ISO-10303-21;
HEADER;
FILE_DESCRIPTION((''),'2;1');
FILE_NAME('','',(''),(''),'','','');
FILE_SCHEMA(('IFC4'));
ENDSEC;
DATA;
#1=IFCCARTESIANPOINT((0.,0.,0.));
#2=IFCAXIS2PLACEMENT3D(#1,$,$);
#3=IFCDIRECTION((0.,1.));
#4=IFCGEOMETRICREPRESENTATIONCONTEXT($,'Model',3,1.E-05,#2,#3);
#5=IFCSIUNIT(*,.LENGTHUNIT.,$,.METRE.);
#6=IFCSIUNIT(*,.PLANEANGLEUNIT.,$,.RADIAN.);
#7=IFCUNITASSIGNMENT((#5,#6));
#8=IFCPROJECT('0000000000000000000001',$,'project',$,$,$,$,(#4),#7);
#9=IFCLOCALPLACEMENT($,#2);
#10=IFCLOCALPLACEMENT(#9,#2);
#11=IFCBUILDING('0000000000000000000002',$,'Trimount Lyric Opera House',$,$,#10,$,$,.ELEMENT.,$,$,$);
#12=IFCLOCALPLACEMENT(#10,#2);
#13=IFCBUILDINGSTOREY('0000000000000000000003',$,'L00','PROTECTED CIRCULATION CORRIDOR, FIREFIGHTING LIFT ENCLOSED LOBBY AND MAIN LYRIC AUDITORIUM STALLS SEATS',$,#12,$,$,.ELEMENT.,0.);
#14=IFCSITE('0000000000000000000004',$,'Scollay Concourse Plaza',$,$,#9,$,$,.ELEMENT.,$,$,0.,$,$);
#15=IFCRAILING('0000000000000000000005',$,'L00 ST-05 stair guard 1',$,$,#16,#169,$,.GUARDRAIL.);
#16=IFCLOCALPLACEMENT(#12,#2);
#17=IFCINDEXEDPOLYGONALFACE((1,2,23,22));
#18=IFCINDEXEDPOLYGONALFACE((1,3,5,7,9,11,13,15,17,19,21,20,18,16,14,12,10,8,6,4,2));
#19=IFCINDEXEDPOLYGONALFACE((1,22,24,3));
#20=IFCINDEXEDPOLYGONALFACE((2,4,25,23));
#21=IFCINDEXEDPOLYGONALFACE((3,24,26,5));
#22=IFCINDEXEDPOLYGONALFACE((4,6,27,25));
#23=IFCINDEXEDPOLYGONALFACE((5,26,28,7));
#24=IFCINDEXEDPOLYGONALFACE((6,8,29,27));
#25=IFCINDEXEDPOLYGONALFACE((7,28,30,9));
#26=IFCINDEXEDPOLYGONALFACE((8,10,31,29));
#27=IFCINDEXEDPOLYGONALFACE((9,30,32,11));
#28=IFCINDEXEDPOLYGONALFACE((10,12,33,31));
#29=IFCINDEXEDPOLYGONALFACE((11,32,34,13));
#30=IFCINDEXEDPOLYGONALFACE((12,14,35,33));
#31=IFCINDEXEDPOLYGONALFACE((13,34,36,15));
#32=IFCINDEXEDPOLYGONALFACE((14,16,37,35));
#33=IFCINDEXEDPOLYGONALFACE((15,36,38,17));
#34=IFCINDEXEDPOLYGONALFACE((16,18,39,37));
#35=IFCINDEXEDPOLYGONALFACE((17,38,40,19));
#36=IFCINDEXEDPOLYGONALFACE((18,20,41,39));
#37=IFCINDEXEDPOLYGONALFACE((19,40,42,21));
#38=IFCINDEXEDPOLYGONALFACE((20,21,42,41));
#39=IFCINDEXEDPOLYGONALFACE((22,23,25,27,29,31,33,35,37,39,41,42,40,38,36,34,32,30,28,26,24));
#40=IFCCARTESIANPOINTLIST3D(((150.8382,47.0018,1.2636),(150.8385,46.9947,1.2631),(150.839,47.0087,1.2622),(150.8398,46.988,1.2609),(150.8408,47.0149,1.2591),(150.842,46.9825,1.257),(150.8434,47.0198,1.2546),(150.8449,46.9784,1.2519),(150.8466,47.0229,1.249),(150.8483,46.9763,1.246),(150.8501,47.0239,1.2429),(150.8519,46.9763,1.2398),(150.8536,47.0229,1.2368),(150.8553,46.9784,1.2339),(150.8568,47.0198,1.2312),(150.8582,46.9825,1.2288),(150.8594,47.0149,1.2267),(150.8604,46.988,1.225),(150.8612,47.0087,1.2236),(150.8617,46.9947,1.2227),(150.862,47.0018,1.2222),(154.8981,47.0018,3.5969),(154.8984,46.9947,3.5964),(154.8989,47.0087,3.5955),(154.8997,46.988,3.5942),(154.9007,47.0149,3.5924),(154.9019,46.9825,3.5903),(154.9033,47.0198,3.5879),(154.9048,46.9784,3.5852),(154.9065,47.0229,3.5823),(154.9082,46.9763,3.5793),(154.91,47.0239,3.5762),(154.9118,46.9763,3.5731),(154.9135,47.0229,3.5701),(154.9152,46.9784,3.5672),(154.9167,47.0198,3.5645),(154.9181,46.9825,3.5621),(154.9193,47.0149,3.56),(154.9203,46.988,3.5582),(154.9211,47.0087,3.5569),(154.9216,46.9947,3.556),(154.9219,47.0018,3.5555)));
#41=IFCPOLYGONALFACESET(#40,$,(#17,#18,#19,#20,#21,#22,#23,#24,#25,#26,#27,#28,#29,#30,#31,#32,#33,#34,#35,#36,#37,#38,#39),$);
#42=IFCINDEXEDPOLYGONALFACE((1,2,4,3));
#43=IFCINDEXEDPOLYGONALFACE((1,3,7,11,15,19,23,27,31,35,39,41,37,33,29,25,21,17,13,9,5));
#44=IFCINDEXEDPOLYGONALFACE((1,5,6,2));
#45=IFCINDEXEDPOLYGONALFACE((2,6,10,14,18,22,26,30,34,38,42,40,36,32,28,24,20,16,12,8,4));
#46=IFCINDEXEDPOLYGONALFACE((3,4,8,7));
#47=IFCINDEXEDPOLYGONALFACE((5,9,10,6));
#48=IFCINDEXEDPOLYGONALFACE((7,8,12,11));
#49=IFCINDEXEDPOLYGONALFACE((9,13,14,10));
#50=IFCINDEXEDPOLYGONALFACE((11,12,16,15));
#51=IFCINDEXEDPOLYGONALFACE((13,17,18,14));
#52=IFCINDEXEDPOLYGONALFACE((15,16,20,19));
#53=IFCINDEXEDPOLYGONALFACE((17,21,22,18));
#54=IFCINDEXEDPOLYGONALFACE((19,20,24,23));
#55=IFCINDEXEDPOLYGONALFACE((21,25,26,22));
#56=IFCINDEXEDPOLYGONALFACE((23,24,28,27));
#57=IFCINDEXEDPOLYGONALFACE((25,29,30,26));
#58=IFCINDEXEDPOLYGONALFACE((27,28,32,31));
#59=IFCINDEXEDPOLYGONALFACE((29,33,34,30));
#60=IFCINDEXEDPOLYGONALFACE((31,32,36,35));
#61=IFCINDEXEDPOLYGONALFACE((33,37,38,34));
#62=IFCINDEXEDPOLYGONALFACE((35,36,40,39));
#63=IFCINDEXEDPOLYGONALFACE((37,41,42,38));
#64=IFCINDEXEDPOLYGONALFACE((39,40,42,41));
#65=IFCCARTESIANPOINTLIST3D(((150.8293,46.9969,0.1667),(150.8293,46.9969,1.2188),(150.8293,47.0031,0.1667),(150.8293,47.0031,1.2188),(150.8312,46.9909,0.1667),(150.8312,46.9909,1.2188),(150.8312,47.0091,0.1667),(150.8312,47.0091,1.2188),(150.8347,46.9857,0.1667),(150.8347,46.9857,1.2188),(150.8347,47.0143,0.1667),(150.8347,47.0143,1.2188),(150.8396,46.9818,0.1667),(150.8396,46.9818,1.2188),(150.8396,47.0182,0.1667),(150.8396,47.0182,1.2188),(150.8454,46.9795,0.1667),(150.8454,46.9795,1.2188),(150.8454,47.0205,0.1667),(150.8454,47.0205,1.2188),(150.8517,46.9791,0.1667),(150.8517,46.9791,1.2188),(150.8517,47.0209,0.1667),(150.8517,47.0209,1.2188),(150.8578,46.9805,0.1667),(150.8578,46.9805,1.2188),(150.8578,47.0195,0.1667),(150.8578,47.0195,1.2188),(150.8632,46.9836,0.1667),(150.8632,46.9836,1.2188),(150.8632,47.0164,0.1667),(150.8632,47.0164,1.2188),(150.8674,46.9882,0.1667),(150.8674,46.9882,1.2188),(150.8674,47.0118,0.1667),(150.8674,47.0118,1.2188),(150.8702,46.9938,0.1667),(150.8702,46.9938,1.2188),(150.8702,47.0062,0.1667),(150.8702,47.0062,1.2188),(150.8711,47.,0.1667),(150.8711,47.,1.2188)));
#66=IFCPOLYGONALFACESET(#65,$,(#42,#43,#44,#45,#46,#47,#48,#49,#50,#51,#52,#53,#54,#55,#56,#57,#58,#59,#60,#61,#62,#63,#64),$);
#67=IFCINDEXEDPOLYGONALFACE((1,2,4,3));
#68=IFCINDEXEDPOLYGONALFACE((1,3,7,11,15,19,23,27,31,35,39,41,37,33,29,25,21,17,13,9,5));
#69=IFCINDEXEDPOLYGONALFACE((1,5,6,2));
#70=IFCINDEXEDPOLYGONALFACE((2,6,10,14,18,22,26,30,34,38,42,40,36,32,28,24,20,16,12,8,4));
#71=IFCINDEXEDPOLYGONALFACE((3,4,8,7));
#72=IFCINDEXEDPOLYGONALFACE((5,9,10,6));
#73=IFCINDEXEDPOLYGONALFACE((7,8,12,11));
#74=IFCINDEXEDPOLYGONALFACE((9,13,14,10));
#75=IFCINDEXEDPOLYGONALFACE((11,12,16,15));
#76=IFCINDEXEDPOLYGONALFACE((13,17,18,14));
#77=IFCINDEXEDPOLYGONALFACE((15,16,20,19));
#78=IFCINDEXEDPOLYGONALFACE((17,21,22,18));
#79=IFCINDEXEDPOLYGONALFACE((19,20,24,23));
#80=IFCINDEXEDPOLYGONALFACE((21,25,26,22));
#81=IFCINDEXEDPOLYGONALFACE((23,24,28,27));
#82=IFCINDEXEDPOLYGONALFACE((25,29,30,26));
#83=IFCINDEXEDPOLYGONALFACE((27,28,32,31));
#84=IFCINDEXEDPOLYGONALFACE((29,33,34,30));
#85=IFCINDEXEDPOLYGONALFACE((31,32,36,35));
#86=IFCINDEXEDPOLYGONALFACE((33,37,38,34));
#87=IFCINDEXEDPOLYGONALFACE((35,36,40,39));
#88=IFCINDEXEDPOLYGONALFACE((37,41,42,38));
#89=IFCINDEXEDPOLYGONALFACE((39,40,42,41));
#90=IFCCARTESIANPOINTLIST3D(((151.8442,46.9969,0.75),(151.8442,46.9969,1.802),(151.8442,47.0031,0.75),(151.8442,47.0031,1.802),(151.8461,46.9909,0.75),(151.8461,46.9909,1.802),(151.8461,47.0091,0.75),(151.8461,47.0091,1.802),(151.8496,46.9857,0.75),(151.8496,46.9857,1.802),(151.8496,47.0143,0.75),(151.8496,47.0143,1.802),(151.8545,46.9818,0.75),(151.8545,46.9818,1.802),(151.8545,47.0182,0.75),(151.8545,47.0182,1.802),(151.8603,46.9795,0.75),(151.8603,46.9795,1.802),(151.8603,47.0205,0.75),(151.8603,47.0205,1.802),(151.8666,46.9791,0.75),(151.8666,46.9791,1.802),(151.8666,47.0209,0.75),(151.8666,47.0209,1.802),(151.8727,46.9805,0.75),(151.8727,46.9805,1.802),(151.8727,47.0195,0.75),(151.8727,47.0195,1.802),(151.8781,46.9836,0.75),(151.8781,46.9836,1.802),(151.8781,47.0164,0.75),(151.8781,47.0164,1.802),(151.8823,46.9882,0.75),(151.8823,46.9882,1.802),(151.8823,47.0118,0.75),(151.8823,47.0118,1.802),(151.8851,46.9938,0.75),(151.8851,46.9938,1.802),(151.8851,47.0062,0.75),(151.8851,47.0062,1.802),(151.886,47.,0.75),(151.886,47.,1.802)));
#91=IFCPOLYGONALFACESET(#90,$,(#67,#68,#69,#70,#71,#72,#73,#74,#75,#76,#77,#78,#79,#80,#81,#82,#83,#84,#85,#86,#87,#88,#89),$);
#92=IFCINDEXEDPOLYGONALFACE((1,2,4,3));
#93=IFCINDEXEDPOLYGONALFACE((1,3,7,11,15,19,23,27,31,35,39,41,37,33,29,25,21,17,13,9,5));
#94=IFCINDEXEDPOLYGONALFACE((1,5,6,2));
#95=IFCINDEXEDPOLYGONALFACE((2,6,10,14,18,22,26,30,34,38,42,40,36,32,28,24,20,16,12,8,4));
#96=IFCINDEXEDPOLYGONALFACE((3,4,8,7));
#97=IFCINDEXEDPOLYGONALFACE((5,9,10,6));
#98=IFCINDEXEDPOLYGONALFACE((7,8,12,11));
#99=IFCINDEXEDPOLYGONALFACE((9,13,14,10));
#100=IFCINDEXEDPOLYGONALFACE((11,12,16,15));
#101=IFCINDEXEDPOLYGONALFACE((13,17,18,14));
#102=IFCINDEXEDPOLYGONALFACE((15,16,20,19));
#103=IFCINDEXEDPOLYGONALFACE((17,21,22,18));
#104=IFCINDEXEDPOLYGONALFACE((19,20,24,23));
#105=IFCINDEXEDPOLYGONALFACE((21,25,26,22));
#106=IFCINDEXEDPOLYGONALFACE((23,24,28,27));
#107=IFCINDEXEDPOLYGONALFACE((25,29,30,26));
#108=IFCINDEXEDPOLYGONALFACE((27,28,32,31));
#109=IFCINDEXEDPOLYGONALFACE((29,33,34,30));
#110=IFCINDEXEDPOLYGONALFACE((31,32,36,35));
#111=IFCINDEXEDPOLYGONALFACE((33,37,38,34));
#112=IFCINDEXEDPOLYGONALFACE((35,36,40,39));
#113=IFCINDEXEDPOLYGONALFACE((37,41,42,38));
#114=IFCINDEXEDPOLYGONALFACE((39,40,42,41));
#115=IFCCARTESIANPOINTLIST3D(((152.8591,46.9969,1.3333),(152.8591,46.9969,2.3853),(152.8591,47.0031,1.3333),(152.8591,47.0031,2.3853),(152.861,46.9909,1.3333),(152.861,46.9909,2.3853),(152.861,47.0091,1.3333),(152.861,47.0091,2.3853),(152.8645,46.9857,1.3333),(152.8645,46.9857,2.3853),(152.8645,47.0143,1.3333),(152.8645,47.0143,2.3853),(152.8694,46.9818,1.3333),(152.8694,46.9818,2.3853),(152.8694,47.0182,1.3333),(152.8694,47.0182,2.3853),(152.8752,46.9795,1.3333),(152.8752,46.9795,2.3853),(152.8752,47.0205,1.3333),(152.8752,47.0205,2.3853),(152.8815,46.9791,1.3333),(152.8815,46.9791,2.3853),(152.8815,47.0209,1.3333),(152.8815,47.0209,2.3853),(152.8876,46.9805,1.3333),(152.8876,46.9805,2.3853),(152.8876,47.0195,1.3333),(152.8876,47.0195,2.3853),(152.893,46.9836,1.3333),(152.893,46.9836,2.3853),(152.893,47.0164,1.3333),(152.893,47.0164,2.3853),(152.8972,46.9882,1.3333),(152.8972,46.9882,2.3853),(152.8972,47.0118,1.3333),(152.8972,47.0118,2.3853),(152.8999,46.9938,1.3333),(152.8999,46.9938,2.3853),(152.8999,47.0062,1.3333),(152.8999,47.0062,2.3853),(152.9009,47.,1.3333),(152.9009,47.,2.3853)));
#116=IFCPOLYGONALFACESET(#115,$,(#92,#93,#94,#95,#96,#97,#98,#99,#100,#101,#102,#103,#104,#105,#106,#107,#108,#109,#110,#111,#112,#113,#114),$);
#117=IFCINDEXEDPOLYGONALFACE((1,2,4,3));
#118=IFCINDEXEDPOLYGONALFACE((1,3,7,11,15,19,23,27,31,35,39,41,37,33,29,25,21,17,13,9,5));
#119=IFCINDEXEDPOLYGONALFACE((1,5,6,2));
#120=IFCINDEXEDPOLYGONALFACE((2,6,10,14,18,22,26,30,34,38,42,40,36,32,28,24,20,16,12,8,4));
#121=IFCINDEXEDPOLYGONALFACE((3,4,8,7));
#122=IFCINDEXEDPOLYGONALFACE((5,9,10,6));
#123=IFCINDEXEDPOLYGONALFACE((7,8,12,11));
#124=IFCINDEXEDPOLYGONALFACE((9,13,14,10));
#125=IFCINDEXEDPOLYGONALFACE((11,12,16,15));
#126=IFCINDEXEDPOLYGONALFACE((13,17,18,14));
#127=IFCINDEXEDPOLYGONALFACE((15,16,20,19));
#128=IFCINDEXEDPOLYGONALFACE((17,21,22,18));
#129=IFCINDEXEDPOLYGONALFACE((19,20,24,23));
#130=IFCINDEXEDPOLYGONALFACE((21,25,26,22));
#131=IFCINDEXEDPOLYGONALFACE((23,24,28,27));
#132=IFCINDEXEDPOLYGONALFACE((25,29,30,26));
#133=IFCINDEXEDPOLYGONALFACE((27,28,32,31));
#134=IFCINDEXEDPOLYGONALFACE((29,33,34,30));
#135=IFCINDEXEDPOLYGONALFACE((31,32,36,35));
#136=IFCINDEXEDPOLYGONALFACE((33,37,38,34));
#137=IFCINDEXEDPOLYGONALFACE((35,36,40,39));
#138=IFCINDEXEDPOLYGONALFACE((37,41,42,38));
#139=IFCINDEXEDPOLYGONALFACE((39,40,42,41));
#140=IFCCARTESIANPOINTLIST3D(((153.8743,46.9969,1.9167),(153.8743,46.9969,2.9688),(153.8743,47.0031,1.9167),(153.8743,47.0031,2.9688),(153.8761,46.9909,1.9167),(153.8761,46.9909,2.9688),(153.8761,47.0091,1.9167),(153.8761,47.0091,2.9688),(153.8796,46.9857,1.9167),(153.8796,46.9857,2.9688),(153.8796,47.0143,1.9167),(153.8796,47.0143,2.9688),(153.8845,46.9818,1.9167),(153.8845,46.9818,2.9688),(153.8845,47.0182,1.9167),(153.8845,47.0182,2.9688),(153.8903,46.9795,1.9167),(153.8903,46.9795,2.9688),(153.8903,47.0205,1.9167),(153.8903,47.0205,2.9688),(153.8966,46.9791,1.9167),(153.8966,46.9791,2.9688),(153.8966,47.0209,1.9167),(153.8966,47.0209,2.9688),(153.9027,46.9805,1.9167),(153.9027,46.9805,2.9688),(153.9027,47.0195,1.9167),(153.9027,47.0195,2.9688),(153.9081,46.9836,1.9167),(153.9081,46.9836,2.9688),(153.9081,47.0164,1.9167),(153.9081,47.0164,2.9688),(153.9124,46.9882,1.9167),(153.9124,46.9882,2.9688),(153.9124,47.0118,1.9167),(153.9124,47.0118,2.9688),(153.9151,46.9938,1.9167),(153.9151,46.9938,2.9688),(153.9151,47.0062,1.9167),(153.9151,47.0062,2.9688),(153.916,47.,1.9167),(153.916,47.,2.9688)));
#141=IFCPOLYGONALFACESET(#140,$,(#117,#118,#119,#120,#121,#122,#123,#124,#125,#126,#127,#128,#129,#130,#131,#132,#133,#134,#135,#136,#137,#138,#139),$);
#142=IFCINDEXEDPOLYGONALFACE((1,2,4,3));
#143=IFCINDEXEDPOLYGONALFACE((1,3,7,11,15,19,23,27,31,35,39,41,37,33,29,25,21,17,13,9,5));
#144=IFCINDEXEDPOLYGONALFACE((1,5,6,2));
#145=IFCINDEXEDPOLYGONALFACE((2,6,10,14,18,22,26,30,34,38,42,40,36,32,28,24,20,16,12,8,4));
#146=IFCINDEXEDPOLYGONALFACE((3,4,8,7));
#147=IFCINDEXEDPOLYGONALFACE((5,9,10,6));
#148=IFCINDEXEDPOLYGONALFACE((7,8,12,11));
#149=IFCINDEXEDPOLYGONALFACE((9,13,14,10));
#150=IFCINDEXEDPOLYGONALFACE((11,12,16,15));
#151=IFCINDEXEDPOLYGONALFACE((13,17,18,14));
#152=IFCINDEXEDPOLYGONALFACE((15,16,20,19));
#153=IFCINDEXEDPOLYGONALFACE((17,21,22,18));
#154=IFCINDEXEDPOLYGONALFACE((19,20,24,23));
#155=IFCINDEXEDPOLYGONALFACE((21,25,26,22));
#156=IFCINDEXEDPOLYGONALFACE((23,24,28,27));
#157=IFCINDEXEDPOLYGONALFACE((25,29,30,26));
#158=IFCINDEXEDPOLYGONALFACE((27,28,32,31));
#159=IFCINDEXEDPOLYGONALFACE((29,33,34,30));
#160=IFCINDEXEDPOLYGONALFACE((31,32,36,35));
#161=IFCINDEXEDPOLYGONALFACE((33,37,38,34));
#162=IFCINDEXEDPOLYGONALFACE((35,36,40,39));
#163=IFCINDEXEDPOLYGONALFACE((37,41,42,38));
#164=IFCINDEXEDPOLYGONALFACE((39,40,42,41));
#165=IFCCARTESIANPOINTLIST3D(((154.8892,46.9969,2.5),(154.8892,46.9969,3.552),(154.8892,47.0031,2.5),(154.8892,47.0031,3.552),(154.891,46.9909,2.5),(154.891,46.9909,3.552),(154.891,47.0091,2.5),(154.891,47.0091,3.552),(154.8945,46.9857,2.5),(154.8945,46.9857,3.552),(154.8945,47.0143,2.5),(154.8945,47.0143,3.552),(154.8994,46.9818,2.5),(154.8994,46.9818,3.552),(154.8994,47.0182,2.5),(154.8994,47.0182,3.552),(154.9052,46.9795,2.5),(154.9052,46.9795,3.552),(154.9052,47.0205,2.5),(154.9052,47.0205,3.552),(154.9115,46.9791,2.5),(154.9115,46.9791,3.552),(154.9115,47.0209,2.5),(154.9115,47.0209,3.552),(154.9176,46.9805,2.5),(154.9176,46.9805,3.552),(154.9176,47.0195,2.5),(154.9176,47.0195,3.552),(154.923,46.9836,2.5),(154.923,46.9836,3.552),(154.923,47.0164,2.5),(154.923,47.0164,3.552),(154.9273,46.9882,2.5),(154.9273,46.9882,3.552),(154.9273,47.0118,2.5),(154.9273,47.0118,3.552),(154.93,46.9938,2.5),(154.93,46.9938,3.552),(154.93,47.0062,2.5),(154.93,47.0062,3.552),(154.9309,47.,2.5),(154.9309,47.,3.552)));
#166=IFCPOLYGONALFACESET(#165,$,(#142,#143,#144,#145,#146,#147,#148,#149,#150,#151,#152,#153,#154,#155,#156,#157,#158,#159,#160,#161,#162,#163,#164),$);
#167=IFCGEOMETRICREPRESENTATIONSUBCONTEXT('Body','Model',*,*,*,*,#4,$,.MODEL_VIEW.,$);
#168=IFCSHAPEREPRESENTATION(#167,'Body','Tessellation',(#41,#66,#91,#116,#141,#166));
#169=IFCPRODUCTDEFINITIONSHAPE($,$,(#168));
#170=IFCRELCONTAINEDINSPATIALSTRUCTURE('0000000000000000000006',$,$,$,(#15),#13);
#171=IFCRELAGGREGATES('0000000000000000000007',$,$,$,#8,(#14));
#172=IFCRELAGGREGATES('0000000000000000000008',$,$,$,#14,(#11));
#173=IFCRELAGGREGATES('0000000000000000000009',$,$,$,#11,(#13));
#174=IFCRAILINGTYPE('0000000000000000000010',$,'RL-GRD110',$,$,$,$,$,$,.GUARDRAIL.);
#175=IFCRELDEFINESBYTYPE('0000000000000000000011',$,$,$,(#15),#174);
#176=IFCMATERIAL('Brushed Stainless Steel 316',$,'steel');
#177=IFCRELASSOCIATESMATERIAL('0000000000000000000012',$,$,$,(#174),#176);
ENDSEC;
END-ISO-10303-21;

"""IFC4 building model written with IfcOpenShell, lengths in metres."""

from ifc_helpers import new_model, si_unit, direction, frame, origin, origin_2d, place, context, subcontext, project, spatial, circle, extrude, material, type_object, element, save


model = new_model("IFC4")

# Units and contexts
model_context = context("Model", 3, precision=1e-05, world=origin(), true_north=direction((0.0, 1.0)))
body_context = subcontext(model_context, "Body", "Model", "MODEL_VIEW")
ifc_project = project(units=[si_unit("LENGTHUNIT", "METRE"), si_unit("PLANEANGLEUNIT", "RADIAN")], contexts=[model_context])

# Site, building, storey
site_placement = place(None, origin())
site = spatial("IfcSite", under=ifc_project, at=site_placement, Name="Scollay Concourse Plaza", CompositionType="ELEMENT", RefElevation=0.0)
building_placement = place(site_placement, origin())
building = spatial("IfcBuilding", under=site, at=building_placement, Name="Trimount Lyric Opera House", CompositionType="ELEMENT")
storey_placement = place(building_placement, origin())
storey = spatial("IfcBuildingStorey", under=building, at=storey_placement, Name="L00", Description="PROTECTED CIRCULATION CORRIDOR, FIREFIGHTING LIFT ENCLOSED LOBBY AND MAIN LYRIC AUDITORIUM STALLS SEATS", CompositionType="ELEMENT", Elevation=0.0)

# Railing
ifc_material_1 = material(Name="Brushed Stainless Steel 316", Category="steel")
railing_type_1 = type_object("IfcRailingType", Name="RL-GRD110", PredefinedType="GUARDRAIL", material=ifc_material_1)
railing_1_placement = place(storey_placement, frame((150.8501, 47.0, 0.1667)))
element("IfcRailing", 1, at=railing_1_placement, inside=storey, type_object=railing_type_1, Name="L00 ST-05 stair guard 1", PredefinedType="GUARDRAIL", context=body_context, shape_type="SweptSolid", body=[
    extrude(circle(Radius=0.0239, at=origin_2d()), frame((0.0, 0.0, 1.0762), z_axis=(0.867012, 0.0, 0.498288), x_axis=(0.0, 1.0, 0.0)), (0.0, 0.0, 1.0), 4.6826),
    extrude(circle(Radius=0.021, at=origin_2d()), origin(), (0.0, 0.0, 1.0), 1.052),
    extrude(circle(Radius=0.021, at=origin_2d()), frame((1.0149, 0.0, 0.5833)), (0.0, 0.0, 1.0), 1.052),
    extrude(circle(Radius=0.021, at=origin_2d()), frame((2.0298, 0.0, 1.1665)), (0.0, 0.0, 1.0), 1.052),
    extrude(circle(Radius=0.021, at=origin_2d()), frame((3.0449, 0.0, 1.75)), (0.0, 0.0, 1.0), 1.052),
    extrude(circle(Radius=0.021, at=origin_2d()), frame((4.0598, 0.0, 2.3333)), (0.0, 0.0, 1.0), 1.052),
])

save(model, "model.ifc")
